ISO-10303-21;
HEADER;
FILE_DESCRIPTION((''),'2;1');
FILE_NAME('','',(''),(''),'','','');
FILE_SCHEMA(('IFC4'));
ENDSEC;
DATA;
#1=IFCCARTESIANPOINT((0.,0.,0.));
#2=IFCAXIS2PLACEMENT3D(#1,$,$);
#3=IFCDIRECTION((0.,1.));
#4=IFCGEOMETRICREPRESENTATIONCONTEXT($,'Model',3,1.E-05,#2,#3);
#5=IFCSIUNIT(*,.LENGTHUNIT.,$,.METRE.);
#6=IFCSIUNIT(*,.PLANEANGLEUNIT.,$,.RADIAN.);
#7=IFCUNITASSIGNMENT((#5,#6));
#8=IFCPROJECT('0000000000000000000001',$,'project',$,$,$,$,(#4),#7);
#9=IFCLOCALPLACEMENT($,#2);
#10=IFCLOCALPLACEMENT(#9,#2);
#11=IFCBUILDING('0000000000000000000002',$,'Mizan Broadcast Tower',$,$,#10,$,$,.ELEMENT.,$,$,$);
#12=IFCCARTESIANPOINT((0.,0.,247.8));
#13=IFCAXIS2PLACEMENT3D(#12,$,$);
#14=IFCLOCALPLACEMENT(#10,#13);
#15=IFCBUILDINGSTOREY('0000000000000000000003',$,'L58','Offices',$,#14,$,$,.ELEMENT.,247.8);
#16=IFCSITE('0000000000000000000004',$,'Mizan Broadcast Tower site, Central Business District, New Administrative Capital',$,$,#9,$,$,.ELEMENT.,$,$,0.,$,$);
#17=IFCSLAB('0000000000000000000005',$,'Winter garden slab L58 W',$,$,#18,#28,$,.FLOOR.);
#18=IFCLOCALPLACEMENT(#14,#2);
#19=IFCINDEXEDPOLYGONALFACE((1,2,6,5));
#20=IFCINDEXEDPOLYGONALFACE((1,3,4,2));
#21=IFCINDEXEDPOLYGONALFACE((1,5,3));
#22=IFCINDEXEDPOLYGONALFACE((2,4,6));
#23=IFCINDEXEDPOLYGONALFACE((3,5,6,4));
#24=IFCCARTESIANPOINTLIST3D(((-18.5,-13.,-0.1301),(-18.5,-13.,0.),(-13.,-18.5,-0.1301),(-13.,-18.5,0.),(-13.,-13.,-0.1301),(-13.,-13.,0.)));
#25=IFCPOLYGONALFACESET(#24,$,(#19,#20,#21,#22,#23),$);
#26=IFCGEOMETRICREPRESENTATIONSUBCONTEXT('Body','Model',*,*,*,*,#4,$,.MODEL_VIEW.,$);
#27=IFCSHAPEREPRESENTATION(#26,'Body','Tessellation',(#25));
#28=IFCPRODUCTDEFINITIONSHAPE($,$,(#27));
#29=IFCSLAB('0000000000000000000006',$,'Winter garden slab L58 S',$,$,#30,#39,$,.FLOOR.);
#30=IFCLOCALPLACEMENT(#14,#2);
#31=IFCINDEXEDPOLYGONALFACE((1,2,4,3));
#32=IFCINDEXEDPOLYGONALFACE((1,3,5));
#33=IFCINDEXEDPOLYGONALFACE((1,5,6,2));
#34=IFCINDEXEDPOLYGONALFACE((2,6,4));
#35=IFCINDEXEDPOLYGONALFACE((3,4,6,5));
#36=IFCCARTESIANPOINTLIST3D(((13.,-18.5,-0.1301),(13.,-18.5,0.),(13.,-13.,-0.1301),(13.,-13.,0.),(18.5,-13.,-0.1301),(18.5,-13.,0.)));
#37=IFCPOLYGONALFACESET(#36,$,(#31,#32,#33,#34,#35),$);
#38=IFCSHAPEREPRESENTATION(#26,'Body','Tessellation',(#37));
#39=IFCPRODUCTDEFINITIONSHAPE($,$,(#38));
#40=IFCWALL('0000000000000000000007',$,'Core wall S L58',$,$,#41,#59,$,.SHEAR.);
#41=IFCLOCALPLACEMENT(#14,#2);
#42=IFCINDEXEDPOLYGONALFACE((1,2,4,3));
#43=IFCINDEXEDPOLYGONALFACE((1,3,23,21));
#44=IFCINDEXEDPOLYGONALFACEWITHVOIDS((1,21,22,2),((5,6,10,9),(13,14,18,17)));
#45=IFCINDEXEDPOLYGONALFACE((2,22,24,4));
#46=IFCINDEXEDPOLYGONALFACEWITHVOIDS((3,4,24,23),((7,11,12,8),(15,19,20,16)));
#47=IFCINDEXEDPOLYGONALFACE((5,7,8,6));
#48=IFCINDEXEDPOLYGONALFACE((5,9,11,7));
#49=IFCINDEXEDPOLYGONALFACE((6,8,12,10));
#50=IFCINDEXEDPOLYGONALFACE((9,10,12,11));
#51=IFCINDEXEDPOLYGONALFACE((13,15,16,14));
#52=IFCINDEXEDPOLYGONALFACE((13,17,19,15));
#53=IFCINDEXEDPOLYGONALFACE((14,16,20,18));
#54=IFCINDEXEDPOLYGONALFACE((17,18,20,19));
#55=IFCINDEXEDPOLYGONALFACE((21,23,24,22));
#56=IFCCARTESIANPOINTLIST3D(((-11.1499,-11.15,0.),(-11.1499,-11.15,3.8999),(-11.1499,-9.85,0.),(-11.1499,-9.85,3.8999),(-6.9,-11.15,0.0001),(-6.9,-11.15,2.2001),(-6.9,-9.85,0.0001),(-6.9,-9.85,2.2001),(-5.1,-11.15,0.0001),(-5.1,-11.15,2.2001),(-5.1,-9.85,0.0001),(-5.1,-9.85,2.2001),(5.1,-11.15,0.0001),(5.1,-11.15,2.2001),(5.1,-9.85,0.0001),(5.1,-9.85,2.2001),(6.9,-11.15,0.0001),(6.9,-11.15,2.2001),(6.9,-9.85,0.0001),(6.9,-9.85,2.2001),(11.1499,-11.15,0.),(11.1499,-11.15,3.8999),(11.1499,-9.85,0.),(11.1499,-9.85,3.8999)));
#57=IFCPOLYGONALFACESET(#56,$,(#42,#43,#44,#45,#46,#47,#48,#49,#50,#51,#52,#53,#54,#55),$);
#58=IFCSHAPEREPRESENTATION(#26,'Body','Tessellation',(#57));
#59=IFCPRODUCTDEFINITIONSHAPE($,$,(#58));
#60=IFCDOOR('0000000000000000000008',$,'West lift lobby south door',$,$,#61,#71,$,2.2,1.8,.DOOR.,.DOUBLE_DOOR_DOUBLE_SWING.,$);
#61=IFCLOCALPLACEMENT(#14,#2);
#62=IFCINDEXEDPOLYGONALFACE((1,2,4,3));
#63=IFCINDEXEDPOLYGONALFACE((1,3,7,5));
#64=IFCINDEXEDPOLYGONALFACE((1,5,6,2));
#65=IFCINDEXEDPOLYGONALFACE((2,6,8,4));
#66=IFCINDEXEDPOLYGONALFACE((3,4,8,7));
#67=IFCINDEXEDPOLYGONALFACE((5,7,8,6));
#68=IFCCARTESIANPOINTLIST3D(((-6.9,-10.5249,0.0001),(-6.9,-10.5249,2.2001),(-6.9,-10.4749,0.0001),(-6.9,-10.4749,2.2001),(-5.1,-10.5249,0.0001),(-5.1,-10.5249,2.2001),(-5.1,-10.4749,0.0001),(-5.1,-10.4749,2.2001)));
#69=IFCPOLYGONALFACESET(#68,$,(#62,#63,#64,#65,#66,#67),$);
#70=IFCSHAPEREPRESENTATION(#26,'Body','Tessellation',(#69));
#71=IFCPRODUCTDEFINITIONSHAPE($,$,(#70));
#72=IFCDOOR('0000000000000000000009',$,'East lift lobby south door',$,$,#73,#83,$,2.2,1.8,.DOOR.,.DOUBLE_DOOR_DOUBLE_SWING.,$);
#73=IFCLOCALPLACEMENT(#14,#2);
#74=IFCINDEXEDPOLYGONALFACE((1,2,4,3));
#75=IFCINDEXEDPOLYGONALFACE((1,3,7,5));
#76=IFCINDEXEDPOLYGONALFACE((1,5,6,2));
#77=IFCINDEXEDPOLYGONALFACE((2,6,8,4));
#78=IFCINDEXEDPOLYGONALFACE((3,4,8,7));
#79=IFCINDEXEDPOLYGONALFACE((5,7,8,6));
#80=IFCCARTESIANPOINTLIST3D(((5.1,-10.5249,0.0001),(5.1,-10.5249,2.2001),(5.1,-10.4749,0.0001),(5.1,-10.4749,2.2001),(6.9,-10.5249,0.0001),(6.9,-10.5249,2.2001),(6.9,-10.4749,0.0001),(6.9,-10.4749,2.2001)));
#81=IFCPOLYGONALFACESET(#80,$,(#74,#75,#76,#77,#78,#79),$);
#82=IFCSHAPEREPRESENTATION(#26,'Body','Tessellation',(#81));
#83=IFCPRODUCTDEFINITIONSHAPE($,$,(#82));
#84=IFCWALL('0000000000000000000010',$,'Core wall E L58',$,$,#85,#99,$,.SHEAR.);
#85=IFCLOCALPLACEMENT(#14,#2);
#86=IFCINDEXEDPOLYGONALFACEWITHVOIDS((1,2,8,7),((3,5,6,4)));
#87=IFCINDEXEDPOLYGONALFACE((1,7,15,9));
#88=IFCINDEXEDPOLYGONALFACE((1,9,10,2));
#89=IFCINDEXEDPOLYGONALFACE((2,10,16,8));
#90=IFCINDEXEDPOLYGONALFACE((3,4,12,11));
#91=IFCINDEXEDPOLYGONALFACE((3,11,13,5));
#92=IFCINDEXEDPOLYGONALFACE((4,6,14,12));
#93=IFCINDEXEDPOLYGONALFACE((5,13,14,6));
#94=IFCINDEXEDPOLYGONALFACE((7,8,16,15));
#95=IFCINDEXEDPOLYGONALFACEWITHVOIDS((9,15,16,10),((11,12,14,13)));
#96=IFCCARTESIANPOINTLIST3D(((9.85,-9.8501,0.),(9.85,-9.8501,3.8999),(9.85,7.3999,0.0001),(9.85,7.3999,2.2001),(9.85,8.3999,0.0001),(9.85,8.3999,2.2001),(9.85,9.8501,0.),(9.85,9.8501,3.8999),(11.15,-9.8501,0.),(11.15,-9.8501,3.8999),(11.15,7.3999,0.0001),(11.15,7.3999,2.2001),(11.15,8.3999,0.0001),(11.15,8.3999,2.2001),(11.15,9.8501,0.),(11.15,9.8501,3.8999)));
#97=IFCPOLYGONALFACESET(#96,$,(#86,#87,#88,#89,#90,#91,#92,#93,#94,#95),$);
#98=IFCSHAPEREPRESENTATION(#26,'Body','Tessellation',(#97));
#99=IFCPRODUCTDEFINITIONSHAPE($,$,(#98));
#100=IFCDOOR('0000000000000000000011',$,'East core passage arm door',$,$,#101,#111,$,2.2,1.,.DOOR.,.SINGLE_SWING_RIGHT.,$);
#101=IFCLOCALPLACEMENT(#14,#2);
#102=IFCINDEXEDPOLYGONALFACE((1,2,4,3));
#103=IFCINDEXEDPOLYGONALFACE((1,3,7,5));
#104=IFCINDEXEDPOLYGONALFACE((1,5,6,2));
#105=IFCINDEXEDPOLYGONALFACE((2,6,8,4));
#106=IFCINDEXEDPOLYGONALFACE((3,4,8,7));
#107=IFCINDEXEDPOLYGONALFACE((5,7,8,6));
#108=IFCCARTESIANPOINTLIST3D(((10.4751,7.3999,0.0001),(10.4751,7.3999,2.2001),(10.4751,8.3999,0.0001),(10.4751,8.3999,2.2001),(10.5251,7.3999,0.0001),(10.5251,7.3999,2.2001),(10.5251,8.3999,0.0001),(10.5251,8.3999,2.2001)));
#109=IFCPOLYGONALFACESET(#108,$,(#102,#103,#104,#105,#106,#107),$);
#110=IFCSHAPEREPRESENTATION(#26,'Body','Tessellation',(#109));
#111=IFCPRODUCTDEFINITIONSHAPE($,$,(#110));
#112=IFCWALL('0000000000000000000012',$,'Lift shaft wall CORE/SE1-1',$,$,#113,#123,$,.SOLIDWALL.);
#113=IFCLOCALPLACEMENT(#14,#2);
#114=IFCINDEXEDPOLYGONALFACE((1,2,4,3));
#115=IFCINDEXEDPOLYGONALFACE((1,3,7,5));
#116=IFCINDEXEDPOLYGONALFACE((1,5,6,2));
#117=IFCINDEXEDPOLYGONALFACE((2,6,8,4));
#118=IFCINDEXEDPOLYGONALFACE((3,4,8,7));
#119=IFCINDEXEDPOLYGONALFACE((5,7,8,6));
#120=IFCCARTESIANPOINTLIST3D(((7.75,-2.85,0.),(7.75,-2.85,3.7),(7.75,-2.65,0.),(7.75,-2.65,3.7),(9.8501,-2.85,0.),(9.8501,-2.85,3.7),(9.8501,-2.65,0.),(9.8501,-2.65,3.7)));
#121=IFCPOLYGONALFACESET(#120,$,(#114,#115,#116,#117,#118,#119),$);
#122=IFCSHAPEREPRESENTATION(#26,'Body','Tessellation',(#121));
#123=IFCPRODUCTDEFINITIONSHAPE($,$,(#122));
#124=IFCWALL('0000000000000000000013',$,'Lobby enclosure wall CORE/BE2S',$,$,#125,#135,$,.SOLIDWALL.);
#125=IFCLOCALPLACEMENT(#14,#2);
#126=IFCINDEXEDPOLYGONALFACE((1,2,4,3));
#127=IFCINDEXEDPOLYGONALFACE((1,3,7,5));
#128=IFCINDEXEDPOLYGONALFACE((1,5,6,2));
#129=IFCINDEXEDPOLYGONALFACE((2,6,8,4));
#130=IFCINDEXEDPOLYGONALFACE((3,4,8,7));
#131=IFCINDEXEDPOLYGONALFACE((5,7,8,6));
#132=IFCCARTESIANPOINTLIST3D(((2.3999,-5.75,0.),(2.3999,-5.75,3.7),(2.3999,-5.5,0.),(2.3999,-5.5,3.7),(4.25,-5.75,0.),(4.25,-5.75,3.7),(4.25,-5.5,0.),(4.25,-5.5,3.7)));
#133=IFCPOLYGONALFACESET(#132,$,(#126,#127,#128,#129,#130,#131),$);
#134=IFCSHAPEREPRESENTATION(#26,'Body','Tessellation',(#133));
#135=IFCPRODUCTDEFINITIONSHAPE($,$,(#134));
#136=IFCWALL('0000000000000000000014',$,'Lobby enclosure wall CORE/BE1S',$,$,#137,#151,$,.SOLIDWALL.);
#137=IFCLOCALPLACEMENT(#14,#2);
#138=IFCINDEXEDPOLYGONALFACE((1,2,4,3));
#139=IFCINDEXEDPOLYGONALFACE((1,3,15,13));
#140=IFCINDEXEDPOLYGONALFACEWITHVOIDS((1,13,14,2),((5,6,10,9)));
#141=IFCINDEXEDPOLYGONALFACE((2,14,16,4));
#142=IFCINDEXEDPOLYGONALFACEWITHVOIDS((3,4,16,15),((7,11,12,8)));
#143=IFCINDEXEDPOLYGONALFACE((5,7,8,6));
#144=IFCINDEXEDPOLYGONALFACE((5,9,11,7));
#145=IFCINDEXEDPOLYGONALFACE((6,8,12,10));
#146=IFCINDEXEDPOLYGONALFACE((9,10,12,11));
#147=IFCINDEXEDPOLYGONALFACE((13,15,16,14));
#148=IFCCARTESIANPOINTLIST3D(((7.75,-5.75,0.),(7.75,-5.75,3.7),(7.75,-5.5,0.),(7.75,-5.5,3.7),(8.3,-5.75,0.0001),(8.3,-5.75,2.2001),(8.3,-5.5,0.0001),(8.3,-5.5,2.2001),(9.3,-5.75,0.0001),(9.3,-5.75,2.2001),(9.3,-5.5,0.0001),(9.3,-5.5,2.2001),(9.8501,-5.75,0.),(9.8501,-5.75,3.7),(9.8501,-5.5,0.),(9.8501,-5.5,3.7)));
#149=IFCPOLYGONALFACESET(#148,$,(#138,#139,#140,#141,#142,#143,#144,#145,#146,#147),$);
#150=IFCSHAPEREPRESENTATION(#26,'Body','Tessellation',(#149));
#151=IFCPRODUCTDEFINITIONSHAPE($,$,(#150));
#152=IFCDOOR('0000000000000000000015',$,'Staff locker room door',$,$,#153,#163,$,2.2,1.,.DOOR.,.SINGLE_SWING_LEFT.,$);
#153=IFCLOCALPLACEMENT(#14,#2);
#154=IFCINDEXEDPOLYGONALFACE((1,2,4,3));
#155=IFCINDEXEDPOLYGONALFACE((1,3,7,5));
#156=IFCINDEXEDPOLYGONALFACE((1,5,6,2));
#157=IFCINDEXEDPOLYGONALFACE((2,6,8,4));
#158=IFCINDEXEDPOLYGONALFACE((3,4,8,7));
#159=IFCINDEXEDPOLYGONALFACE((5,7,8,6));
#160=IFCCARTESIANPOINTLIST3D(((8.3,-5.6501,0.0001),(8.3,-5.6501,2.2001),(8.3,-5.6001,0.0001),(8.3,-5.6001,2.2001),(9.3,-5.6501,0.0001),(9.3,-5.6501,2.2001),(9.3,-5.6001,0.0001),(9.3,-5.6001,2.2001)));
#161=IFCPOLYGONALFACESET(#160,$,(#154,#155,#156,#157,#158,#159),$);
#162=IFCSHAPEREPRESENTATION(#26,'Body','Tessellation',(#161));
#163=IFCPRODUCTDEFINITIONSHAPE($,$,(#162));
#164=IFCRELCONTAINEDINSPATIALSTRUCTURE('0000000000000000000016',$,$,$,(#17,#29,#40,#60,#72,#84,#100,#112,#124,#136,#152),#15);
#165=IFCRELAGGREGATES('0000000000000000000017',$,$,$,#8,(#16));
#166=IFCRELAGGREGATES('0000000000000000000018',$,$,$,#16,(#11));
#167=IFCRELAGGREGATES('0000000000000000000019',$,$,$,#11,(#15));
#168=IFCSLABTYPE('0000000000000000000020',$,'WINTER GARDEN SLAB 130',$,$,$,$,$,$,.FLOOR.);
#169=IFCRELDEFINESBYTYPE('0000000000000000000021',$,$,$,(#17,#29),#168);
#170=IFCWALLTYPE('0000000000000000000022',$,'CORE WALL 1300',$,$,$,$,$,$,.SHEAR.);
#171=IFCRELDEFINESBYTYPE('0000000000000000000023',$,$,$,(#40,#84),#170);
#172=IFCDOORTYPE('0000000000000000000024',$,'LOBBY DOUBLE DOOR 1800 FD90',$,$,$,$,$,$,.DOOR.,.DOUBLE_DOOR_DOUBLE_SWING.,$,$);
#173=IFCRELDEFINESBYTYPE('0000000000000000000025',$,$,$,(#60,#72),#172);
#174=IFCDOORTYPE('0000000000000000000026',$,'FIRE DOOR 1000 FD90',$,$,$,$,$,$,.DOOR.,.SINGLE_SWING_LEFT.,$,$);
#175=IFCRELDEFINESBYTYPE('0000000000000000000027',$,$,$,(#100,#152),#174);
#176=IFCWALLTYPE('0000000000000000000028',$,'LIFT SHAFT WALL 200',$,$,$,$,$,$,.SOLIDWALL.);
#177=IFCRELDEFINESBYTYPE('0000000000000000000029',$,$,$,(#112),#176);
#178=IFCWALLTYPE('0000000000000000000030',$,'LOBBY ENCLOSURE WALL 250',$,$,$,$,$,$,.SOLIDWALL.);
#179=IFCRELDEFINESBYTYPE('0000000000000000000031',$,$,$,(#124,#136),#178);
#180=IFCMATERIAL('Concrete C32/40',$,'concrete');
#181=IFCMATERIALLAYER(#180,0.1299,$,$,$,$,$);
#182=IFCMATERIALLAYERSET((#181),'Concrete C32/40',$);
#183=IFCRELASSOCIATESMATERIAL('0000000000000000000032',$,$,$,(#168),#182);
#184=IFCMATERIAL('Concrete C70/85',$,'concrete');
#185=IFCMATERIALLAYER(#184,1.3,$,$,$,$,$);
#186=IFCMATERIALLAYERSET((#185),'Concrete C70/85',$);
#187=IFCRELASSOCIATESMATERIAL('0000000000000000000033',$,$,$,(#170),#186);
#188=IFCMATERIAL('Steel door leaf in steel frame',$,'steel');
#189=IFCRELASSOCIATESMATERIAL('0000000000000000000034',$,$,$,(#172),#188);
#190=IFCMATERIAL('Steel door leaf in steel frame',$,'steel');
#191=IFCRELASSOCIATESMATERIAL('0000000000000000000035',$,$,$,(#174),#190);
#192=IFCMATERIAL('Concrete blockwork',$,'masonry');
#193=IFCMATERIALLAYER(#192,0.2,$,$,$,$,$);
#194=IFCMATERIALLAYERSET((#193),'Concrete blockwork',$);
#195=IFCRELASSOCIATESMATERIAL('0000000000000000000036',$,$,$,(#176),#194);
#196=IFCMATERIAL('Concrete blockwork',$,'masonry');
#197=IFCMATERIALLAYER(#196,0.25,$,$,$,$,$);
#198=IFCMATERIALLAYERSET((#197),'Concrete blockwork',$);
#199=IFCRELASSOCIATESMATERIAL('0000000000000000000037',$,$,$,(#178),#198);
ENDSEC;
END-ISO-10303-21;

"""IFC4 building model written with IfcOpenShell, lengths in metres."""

from ifc_helpers import new_model, si_unit, direction, frame, frame_2d, origin, place, context, subcontext, project, spatial, polyline, rectangle, outline, extrude, material, layer, layer_set, type_object, element, fill, save


model = new_model("IFC4")

# Units and contexts
model_context = context("Model", 3, precision=1e-05, world=origin(), true_north=direction((0.0, 1.0)))
body_context = subcontext(model_context, "Body", "Model", "MODEL_VIEW")
ifc_project = project(units=[si_unit("LENGTHUNIT", "METRE"), si_unit("PLANEANGLEUNIT", "RADIAN")], contexts=[model_context])

# Site, building, storey
site_placement = place(None, origin())
site = spatial("IfcSite", under=ifc_project, at=site_placement, Name="Mizan Broadcast Tower site, Central Business District, New Administrative Capital", CompositionType="ELEMENT", RefElevation=0.0)
building_placement = place(site_placement, origin())
building = spatial("IfcBuilding", under=site, at=building_placement, Name="Mizan Broadcast Tower", CompositionType="ELEMENT")
storey_placement = place(building_placement, frame((0.0, 0.0, 247.8)))
storey = spatial("IfcBuildingStorey", under=building, at=storey_placement, Name="L58", Description="Offices", CompositionType="ELEMENT", Elevation=247.8)

# Slabs
ifc_material_1 = material(Name="Concrete C32/40", Category="concrete")
ifc_layer_1 = layer(ifc_material_1, 0.1299)
ifc_layer_set_1 = layer_set([ifc_layer_1], Name="Concrete C32/40")
slab_type_1 = type_object("IfcSlabType", Name="WINTER GARDEN SLAB 130", PredefinedType="FLOOR", material=ifc_layer_set_1)
slab_1_placement = place(storey_placement, frame((0.0, 0.0, -0.1301)))
element("IfcSlab", 1, at=slab_1_placement, inside=storey, type_object=slab_type_1, Name="Winter garden slab L58 W", PredefinedType="FLOOR", context=body_context, shape_type="SweptSolid", body=[
    extrude(outline(polyline([(-13.0, -13.0), (-18.5, -13.0), (-13.0, -18.5), (-13.0, -13.0)])), origin(), (0.0, 0.0, 1.0), 0.1301),
])
slab_2_placement = place(storey_placement, frame((0.0, 0.0, -0.1301)))
element("IfcSlab", 2, at=slab_2_placement, inside=storey, type_object=slab_type_1, Name="Winter garden slab L58 S", PredefinedType="FLOOR", context=body_context, shape_type="SweptSolid", body=[
    extrude(outline(polyline([(13.0, -13.0), (13.0, -18.5), (18.5, -13.0), (13.0, -13.0)])), origin(), (0.0, 0.0, 1.0), 0.1301),
])

# Wall, openings, doors
ifc_material_2 = material(Name="Concrete C70/85", Category="concrete")
ifc_layer_2 = layer(ifc_material_2, 1.3)
ifc_layer_set_2 = layer_set([ifc_layer_2], Name="Concrete C70/85")
wall_type_1 = type_object("IfcWallType", Name="CORE WALL 1300", PredefinedType="SHEAR", material=ifc_layer_set_2)
wall_1_placement = place(storey_placement, frame((11.1499, -10.5, 0.0), z_axis=(0.0, 0.0, 1.0), x_axis=(-1.0, 0.0, 0.0)))
wall_1 = element("IfcWall", 3, at=wall_1_placement, inside=storey, type_object=wall_type_1, Name="Core wall S L58", PredefinedType="SHEAR", context=body_context, shape_type="SweptSolid", body=[
    extrude(rectangle(XDim=22.2998, YDim=1.3, at=frame_2d((11.1499, 0.0))), origin(), (0.0, 0.0, 1.0), 3.8999),
])
opening_1_placement = place(wall_1_placement, frame((16.25, 0.0, 0.0)))
opening_1 = element("IfcOpeningElement", 4, at=opening_1_placement, cuts=wall_1, PredefinedType="OPENING", context=body_context, shape_type="SweptSolid", body=[
    extrude(rectangle(XDim=1.8, YDim=2.2, at=frame_2d((0.8999, 1.1001))), frame((0.0, 0.6599, 0.0), z_axis=(0.0, -1.0, 0.0), x_axis=(1.0, 0.0, 0.0)), (0.0, 0.0, 1.0), 1.3201),
])
opening_2_placement = place(wall_1_placement, frame((4.25, 0.0, 0.0)))
opening_2 = element("IfcOpeningElement", 5, at=opening_2_placement, cuts=wall_1, PredefinedType="OPENING", context=body_context, shape_type="SweptSolid", body=[
    extrude(rectangle(XDim=1.8, YDim=2.2, at=frame_2d((0.8999, 1.1001))), frame((0.0, 0.6599, 0.0), z_axis=(0.0, -1.0, 0.0), x_axis=(1.0, 0.0, 0.0)), (0.0, 0.0, 1.0), 1.3201),
])
ifc_material_3 = material(Name="Steel door leaf in steel frame", Category="steel")
door_type_1 = type_object("IfcDoorType", Name="LOBBY DOUBLE DOOR 1800 FD90", OperationType="DOUBLE_DOOR_DOUBLE_SWING", PredefinedType="DOOR", material=ifc_material_3)
door_1_placement = place(opening_1_placement, origin())
door_1 = element("IfcDoor", 6, at=door_1_placement, inside=storey, type_object=door_type_1, Name="West lift lobby south door", OperationType="DOUBLE_DOOR_DOUBLE_SWING", OverallHeight=2.2, OverallWidth=1.8, PredefinedType="DOOR", context=body_context, shape_type="SweptSolid", body=[
    extrude(rectangle(XDim=1.8, YDim=2.2, at=frame_2d((0.8999, 1.1001))), frame((0.0, 0.0249, 0.0), z_axis=(0.0, -1.0, 0.0), x_axis=(1.0, 0.0, 0.0)), (0.0, 0.0, 1.0), 0.05),
])
fill(opening_1, door_1)
door_2_placement = place(opening_2_placement, origin())
door_2 = element("IfcDoor", 7, at=door_2_placement, inside=storey, type_object=door_type_1, Name="East lift lobby south door", OperationType="DOUBLE_DOOR_DOUBLE_SWING", OverallHeight=2.2, OverallWidth=1.8, PredefinedType="DOOR", context=body_context, shape_type="SweptSolid", body=[
    extrude(rectangle(XDim=1.8, YDim=2.2, at=frame_2d((0.8999, 1.1001))), frame((0.0, 0.0249, 0.0), z_axis=(0.0, -1.0, 0.0), x_axis=(1.0, 0.0, 0.0)), (0.0, 0.0, 1.0), 0.05),
])
fill(opening_2, door_2)

# Wall, opening, door
wall_2_placement = place(storey_placement, frame((10.5, -9.8501, 0.0), z_axis=(0.0, 0.0, 1.0), x_axis=(0.0, 1.0, 0.0)))
wall_2 = element("IfcWall", 8, at=wall_2_placement, inside=storey, type_object=wall_type_1, Name="Core wall E L58", PredefinedType="SHEAR", context=body_context, shape_type="SweptSolid", body=[
    extrude(rectangle(XDim=19.7002, YDim=1.3, at=frame_2d((9.8501, 0.0))), origin(), (0.0, 0.0, 1.0), 3.8999),
])
opening_3_placement = place(wall_2_placement, frame((17.25, 0.0, 0.0)))
opening_3 = element("IfcOpeningElement", 9, at=opening_3_placement, cuts=wall_2, PredefinedType="OPENING", context=body_context, shape_type="SweptSolid", body=[
    extrude(rectangle(XDim=1.0, YDim=2.2, at=frame_2d((0.5, 1.1001))), frame((0.0, 0.6599, 0.0), z_axis=(0.0, -1.0, 0.0), x_axis=(1.0, 0.0, 0.0)), (0.0, 0.0, 1.0), 1.3201),
])
ifc_material_4 = material(Name="Steel door leaf in steel frame", Category="steel")
door_type_2 = type_object("IfcDoorType", Name="FIRE DOOR 1000 FD90", OperationType="SINGLE_SWING_LEFT", PredefinedType="DOOR", material=ifc_material_4)
door_3_placement = place(opening_3_placement, origin())
door_3 = element("IfcDoor", 10, at=door_3_placement, inside=storey, type_object=door_type_2, Name="East core passage arm door", OperationType="SINGLE_SWING_RIGHT", OverallHeight=2.2, OverallWidth=1.0, PredefinedType="DOOR", context=body_context, shape_type="SweptSolid", body=[
    extrude(rectangle(XDim=1.0, YDim=2.2, at=frame_2d((0.5, 1.1001))), frame((0.0, 0.0249, 0.0), z_axis=(0.0, -1.0, 0.0), x_axis=(1.0, 0.0, 0.0)), (0.0, 0.0, 1.0), 0.05),
])
fill(opening_3, door_3)

# Walls
ifc_material_5 = material(Name="Concrete blockwork", Category="masonry")
ifc_layer_3 = layer(ifc_material_5, 0.2)
ifc_layer_set_3 = layer_set([ifc_layer_3], Name="Concrete blockwork")
wall_type_2 = type_object("IfcWallType", Name="LIFT SHAFT WALL 200", PredefinedType="SOLIDWALL", material=ifc_layer_set_3)
wall_3_placement = place(storey_placement, frame((7.75, -2.75, 0.0), z_axis=(0.0, 0.0, 1.0), x_axis=(1.0, 0.0, 0.0)))
element("IfcWall", 11, at=wall_3_placement, inside=storey, type_object=wall_type_2, Name="Lift shaft wall CORE/SE1-1", PredefinedType="SOLIDWALL", context=body_context, shape_type="SweptSolid", body=[
    extrude(rectangle(XDim=2.1001, YDim=0.2, at=frame_2d((1.05, 0.0))), origin(), (0.0, 0.0, 1.0), 3.7),
])
ifc_material_6 = material(Name="Concrete blockwork", Category="masonry")
ifc_layer_4 = layer(ifc_material_6, 0.25)
ifc_layer_set_4 = layer_set([ifc_layer_4], Name="Concrete blockwork")
wall_type_3 = type_object("IfcWallType", Name="LOBBY ENCLOSURE WALL 250", PredefinedType="SOLIDWALL", material=ifc_layer_set_4)
wall_4_placement = place(storey_placement, frame((2.3999, -5.625, 0.0), z_axis=(0.0, 0.0, 1.0), x_axis=(1.0, 0.0, 0.0)))
element("IfcWall", 12, at=wall_4_placement, inside=storey, type_object=wall_type_3, Name="Lobby enclosure wall CORE/BE2S", PredefinedType="SOLIDWALL", context=body_context, shape_type="SweptSolid", body=[
    extrude(rectangle(XDim=1.8501, YDim=0.25, at=frame_2d((0.925, 0.0))), origin(), (0.0, 0.0, 1.0), 3.7),
])

# Wall, opening, door
wall_5_placement = place(storey_placement, frame((7.75, -5.625, 0.0), z_axis=(0.0, 0.0, 1.0), x_axis=(1.0, 0.0, 0.0)))
wall_5 = element("IfcWall", 13, at=wall_5_placement, inside=storey, type_object=wall_type_3, Name="Lobby enclosure wall CORE/BE1S", PredefinedType="SOLIDWALL", context=body_context, shape_type="SweptSolid", body=[
    extrude(rectangle(XDim=2.1001, YDim=0.25, at=frame_2d((1.05, 0.0))), origin(), (0.0, 0.0, 1.0), 3.7),
])
opening_4_placement = place(wall_5_placement, frame((0.55, 0.0, 0.0)))
opening_4 = element("IfcOpeningElement", 14, at=opening_4_placement, cuts=wall_5, PredefinedType="OPENING", context=body_context, shape_type="SweptSolid", body=[
    extrude(rectangle(XDim=1.0, YDim=2.2, at=frame_2d((0.5, 1.1001))), frame((0.0, 0.135, 0.0), z_axis=(0.0, -1.0, 0.0), x_axis=(1.0, 0.0, 0.0)), (0.0, 0.0, 1.0), 0.27),
])
door_4_placement = place(opening_4_placement, origin())
door_4 = element("IfcDoor", 15, at=door_4_placement, inside=storey, type_object=door_type_2, Name="Staff locker room door", OperationType="SINGLE_SWING_LEFT", OverallHeight=2.2, OverallWidth=1.0, PredefinedType="DOOR", context=body_context, shape_type="SweptSolid", body=[
    extrude(rectangle(XDim=1.0, YDim=2.2, at=frame_2d((0.5, 1.1001))), frame((0.0, 0.0249, 0.0), z_axis=(0.0, -1.0, 0.0), x_axis=(1.0, 0.0, 0.0)), (0.0, 0.0, 1.0), 0.05),
])
fill(opening_4, door_4)

save(model, "model.ifc")
